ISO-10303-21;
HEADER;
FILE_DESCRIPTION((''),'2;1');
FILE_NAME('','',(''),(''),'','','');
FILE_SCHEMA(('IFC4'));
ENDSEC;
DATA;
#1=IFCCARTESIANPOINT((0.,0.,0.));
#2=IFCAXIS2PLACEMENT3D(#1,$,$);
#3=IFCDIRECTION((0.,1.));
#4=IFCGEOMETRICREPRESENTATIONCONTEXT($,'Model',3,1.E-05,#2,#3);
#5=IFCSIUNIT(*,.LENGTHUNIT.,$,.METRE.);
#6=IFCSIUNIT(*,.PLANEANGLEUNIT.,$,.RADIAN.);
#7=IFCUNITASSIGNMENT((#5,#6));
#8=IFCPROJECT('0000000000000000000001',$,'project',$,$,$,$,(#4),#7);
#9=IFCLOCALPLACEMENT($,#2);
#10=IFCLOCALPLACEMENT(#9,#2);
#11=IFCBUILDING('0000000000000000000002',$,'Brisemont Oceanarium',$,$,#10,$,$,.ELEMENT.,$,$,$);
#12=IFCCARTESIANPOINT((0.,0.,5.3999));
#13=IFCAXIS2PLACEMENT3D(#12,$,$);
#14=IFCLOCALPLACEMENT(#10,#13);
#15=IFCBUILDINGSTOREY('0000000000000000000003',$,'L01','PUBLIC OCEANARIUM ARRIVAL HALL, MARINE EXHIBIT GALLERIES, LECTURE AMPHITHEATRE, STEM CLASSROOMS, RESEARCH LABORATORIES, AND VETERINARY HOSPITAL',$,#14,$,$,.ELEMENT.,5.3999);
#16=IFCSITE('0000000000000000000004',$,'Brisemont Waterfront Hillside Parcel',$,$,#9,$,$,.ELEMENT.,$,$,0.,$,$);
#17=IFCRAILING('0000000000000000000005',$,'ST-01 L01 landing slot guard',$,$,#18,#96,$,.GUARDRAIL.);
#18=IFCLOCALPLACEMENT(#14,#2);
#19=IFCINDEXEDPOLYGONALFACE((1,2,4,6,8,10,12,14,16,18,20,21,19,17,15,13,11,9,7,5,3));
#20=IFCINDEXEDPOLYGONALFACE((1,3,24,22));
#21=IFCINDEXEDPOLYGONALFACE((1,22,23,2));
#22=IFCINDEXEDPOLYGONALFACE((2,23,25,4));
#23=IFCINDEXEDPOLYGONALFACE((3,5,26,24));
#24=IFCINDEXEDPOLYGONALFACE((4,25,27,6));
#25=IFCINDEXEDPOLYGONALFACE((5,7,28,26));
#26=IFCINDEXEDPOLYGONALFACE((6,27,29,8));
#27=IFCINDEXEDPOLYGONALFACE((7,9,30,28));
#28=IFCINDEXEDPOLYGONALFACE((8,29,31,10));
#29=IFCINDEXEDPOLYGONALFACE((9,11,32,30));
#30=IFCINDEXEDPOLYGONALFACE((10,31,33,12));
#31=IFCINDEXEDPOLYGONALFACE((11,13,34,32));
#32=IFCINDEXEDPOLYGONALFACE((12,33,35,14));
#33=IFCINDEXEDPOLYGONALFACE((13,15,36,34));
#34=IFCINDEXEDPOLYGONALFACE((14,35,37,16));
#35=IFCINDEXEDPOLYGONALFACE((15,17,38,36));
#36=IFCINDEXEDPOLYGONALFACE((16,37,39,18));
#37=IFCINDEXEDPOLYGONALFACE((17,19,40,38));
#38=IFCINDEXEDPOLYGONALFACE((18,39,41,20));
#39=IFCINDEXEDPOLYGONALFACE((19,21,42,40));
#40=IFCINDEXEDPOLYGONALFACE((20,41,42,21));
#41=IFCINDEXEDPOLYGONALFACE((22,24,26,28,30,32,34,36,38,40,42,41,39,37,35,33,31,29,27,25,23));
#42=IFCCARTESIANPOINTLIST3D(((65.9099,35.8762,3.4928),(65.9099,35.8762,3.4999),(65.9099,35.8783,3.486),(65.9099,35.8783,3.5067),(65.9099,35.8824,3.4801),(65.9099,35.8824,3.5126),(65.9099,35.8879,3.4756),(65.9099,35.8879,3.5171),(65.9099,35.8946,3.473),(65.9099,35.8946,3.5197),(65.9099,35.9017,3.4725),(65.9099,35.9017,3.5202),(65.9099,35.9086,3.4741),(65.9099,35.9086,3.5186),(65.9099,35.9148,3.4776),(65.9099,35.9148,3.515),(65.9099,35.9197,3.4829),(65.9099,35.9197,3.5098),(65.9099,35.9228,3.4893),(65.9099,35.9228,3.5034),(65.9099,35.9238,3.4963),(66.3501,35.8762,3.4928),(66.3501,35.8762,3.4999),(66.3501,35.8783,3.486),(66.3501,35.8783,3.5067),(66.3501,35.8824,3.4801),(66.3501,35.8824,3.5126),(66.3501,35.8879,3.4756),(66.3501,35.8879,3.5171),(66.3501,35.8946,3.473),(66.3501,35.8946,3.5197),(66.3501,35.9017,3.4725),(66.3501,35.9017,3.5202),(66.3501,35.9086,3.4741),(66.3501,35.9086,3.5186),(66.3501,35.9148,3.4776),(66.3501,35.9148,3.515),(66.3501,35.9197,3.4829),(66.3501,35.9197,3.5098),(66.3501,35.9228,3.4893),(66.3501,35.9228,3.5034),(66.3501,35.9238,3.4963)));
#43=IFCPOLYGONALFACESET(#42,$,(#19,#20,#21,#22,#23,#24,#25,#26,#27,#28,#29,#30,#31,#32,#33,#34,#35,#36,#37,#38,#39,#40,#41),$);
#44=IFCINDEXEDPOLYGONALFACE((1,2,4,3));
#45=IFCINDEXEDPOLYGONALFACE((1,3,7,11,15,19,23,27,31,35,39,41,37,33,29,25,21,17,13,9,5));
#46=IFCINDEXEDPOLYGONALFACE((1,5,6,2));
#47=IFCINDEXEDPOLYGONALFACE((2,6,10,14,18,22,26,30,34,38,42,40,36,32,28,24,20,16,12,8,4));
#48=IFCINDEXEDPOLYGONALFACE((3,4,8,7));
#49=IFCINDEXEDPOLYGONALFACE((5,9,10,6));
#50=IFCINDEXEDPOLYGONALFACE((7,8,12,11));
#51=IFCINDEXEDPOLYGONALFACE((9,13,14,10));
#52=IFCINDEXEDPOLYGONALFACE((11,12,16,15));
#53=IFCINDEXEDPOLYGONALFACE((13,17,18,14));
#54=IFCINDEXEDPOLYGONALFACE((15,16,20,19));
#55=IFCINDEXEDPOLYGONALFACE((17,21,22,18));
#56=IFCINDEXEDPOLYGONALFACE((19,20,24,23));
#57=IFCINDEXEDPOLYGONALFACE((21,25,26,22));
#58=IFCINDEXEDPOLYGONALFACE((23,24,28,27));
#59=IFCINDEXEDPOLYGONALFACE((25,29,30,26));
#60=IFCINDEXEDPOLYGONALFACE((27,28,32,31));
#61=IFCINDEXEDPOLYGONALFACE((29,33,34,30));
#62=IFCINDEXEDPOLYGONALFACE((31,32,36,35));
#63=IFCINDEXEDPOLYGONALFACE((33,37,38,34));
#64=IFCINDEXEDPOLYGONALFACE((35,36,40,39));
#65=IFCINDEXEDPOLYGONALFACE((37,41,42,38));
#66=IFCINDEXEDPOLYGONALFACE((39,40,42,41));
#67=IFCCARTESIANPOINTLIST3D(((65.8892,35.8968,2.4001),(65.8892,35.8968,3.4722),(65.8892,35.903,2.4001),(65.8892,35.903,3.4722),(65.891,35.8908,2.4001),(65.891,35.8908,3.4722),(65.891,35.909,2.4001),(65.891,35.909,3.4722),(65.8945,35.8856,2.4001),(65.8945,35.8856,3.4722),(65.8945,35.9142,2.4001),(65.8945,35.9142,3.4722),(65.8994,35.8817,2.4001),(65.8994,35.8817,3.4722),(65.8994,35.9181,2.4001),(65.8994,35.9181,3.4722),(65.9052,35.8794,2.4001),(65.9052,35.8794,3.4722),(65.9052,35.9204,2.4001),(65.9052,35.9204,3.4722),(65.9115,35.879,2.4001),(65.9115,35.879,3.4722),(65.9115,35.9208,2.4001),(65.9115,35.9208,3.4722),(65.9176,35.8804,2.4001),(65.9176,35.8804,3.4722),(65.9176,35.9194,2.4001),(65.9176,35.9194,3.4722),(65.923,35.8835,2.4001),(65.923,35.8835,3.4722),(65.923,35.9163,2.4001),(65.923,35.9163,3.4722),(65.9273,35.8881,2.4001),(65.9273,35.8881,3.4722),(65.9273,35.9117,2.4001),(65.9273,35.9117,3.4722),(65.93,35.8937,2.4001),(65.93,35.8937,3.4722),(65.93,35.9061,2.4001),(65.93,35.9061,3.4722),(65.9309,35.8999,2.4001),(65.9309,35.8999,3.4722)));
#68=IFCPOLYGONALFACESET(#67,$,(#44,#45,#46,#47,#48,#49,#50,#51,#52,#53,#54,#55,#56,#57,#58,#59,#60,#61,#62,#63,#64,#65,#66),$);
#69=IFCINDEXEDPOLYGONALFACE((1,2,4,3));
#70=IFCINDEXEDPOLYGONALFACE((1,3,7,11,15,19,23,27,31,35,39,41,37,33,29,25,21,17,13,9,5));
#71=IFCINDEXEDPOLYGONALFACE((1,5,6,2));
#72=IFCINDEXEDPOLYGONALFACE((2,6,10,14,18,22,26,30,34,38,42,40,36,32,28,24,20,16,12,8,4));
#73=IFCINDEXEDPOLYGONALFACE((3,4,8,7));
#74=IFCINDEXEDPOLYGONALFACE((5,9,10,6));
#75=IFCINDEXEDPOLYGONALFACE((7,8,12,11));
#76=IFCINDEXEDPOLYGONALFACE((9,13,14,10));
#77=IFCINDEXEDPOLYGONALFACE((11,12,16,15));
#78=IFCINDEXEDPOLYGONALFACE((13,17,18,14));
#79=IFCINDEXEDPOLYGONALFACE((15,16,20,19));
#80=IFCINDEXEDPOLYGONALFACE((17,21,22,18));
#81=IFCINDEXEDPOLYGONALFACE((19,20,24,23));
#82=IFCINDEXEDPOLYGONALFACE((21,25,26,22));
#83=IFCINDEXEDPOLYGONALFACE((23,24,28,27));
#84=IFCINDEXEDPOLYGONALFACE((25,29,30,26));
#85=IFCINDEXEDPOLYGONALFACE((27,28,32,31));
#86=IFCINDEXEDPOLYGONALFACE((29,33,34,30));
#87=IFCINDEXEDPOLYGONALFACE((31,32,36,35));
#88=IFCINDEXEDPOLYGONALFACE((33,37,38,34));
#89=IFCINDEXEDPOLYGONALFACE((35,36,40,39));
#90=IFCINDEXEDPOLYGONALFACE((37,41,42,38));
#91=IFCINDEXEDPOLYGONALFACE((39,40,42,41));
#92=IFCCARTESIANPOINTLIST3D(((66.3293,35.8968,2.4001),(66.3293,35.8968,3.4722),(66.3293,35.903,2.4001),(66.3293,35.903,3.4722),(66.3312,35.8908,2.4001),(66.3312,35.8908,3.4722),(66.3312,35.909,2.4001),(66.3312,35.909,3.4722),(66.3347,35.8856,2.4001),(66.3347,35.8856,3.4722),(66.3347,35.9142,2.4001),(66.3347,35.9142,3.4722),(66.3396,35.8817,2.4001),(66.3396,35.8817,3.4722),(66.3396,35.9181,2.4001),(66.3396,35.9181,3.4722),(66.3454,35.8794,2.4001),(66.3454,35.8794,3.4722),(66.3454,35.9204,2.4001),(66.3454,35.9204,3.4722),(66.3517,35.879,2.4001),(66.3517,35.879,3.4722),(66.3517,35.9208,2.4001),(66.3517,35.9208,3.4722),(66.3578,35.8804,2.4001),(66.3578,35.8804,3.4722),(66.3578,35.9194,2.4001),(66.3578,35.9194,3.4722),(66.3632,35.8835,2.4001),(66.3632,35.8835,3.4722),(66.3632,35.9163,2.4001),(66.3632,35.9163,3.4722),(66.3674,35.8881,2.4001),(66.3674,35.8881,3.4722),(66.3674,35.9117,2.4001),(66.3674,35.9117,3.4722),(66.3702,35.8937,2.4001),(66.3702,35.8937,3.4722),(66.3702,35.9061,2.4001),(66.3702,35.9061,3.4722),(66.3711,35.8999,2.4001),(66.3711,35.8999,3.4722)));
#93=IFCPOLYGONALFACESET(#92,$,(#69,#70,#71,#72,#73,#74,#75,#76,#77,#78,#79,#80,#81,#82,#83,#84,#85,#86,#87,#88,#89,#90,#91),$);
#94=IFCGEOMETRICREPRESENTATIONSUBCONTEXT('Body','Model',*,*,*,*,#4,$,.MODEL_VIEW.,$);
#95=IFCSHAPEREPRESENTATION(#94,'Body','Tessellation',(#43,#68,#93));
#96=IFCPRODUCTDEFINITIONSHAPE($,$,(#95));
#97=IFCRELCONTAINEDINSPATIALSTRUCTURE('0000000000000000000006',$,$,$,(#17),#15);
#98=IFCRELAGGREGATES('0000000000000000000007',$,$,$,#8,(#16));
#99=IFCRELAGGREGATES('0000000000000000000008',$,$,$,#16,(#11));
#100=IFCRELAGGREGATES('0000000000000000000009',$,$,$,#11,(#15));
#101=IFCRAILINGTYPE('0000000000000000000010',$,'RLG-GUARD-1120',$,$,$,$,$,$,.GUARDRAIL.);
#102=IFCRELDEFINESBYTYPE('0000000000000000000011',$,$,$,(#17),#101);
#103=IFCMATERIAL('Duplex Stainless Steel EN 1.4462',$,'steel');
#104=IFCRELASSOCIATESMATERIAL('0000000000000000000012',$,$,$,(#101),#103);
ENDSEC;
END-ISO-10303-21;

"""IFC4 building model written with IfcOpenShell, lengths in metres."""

from ifc_helpers import new_model, si_unit, direction, frame, origin, origin_2d, place, context, subcontext, project, spatial, circle, extrude, material, type_object, element, save


model = new_model("IFC4")

# Units and contexts
model_context = context("Model", 3, precision=1e-05, world=origin(), true_north=direction((0.0, 1.0)))
body_context = subcontext(model_context, "Body", "Model", "MODEL_VIEW")
ifc_project = project(units=[si_unit("LENGTHUNIT", "METRE"), si_unit("PLANEANGLEUNIT", "RADIAN")], contexts=[model_context])

# Site, building, storey
site_placement = place(None, origin())
site = spatial("IfcSite", under=ifc_project, at=site_placement, Name="Brisemont Waterfront Hillside Parcel", CompositionType="ELEMENT", RefElevation=0.0)
building_placement = place(site_placement, origin())
building = spatial("IfcBuilding", under=site, at=building_placement, Name="Brisemont Oceanarium", CompositionType="ELEMENT")
storey_placement = place(building_placement, frame((0.0, 0.0, 5.3999)))
storey = spatial("IfcBuildingStorey", under=building, at=storey_placement, Name="L01", Description="PUBLIC OCEANARIUM ARRIVAL HALL, MARINE EXHIBIT GALLERIES, LECTURE AMPHITHEATRE, STEM CLASSROOMS, RESEARCH LABORATORIES, AND VETERINARY HOSPITAL", CompositionType="ELEMENT", Elevation=5.3999)

# Railing
ifc_material_1 = material(Name="Duplex Stainless Steel EN 1.4462", Category="steel")
railing_type_1 = type_object("IfcRailingType", Name="RLG-GUARD-1120", PredefinedType="GUARDRAIL", material=ifc_material_1)
railing_1_placement = place(storey_placement, frame((65.9099, 35.8999, 2.4001)))
element("IfcRailing", 1, at=railing_1_placement, inside=storey, type_object=railing_type_1, Name="ST-01 L01 landing slot guard", PredefinedType="GUARDRAIL", context=body_context, shape_type="SweptSolid", body=[
    extrude(circle(Radius=0.0239, at=origin_2d()), frame((0.0, 0.0, 1.0962), z_axis=(1.0, 0.0, 0.0), x_axis=(0.0, 1.0, 0.0)), (0.0, 0.0, 1.0), 0.4402),
    extrude(circle(Radius=0.021, at=origin_2d()), origin(), (0.0, 0.0, 1.0), 1.072),
    extrude(circle(Radius=0.021, at=origin_2d()), frame((0.4402, 0.0, 0.0)), (0.0, 0.0, 1.0), 1.072),
])

save(model, "model.ifc")
